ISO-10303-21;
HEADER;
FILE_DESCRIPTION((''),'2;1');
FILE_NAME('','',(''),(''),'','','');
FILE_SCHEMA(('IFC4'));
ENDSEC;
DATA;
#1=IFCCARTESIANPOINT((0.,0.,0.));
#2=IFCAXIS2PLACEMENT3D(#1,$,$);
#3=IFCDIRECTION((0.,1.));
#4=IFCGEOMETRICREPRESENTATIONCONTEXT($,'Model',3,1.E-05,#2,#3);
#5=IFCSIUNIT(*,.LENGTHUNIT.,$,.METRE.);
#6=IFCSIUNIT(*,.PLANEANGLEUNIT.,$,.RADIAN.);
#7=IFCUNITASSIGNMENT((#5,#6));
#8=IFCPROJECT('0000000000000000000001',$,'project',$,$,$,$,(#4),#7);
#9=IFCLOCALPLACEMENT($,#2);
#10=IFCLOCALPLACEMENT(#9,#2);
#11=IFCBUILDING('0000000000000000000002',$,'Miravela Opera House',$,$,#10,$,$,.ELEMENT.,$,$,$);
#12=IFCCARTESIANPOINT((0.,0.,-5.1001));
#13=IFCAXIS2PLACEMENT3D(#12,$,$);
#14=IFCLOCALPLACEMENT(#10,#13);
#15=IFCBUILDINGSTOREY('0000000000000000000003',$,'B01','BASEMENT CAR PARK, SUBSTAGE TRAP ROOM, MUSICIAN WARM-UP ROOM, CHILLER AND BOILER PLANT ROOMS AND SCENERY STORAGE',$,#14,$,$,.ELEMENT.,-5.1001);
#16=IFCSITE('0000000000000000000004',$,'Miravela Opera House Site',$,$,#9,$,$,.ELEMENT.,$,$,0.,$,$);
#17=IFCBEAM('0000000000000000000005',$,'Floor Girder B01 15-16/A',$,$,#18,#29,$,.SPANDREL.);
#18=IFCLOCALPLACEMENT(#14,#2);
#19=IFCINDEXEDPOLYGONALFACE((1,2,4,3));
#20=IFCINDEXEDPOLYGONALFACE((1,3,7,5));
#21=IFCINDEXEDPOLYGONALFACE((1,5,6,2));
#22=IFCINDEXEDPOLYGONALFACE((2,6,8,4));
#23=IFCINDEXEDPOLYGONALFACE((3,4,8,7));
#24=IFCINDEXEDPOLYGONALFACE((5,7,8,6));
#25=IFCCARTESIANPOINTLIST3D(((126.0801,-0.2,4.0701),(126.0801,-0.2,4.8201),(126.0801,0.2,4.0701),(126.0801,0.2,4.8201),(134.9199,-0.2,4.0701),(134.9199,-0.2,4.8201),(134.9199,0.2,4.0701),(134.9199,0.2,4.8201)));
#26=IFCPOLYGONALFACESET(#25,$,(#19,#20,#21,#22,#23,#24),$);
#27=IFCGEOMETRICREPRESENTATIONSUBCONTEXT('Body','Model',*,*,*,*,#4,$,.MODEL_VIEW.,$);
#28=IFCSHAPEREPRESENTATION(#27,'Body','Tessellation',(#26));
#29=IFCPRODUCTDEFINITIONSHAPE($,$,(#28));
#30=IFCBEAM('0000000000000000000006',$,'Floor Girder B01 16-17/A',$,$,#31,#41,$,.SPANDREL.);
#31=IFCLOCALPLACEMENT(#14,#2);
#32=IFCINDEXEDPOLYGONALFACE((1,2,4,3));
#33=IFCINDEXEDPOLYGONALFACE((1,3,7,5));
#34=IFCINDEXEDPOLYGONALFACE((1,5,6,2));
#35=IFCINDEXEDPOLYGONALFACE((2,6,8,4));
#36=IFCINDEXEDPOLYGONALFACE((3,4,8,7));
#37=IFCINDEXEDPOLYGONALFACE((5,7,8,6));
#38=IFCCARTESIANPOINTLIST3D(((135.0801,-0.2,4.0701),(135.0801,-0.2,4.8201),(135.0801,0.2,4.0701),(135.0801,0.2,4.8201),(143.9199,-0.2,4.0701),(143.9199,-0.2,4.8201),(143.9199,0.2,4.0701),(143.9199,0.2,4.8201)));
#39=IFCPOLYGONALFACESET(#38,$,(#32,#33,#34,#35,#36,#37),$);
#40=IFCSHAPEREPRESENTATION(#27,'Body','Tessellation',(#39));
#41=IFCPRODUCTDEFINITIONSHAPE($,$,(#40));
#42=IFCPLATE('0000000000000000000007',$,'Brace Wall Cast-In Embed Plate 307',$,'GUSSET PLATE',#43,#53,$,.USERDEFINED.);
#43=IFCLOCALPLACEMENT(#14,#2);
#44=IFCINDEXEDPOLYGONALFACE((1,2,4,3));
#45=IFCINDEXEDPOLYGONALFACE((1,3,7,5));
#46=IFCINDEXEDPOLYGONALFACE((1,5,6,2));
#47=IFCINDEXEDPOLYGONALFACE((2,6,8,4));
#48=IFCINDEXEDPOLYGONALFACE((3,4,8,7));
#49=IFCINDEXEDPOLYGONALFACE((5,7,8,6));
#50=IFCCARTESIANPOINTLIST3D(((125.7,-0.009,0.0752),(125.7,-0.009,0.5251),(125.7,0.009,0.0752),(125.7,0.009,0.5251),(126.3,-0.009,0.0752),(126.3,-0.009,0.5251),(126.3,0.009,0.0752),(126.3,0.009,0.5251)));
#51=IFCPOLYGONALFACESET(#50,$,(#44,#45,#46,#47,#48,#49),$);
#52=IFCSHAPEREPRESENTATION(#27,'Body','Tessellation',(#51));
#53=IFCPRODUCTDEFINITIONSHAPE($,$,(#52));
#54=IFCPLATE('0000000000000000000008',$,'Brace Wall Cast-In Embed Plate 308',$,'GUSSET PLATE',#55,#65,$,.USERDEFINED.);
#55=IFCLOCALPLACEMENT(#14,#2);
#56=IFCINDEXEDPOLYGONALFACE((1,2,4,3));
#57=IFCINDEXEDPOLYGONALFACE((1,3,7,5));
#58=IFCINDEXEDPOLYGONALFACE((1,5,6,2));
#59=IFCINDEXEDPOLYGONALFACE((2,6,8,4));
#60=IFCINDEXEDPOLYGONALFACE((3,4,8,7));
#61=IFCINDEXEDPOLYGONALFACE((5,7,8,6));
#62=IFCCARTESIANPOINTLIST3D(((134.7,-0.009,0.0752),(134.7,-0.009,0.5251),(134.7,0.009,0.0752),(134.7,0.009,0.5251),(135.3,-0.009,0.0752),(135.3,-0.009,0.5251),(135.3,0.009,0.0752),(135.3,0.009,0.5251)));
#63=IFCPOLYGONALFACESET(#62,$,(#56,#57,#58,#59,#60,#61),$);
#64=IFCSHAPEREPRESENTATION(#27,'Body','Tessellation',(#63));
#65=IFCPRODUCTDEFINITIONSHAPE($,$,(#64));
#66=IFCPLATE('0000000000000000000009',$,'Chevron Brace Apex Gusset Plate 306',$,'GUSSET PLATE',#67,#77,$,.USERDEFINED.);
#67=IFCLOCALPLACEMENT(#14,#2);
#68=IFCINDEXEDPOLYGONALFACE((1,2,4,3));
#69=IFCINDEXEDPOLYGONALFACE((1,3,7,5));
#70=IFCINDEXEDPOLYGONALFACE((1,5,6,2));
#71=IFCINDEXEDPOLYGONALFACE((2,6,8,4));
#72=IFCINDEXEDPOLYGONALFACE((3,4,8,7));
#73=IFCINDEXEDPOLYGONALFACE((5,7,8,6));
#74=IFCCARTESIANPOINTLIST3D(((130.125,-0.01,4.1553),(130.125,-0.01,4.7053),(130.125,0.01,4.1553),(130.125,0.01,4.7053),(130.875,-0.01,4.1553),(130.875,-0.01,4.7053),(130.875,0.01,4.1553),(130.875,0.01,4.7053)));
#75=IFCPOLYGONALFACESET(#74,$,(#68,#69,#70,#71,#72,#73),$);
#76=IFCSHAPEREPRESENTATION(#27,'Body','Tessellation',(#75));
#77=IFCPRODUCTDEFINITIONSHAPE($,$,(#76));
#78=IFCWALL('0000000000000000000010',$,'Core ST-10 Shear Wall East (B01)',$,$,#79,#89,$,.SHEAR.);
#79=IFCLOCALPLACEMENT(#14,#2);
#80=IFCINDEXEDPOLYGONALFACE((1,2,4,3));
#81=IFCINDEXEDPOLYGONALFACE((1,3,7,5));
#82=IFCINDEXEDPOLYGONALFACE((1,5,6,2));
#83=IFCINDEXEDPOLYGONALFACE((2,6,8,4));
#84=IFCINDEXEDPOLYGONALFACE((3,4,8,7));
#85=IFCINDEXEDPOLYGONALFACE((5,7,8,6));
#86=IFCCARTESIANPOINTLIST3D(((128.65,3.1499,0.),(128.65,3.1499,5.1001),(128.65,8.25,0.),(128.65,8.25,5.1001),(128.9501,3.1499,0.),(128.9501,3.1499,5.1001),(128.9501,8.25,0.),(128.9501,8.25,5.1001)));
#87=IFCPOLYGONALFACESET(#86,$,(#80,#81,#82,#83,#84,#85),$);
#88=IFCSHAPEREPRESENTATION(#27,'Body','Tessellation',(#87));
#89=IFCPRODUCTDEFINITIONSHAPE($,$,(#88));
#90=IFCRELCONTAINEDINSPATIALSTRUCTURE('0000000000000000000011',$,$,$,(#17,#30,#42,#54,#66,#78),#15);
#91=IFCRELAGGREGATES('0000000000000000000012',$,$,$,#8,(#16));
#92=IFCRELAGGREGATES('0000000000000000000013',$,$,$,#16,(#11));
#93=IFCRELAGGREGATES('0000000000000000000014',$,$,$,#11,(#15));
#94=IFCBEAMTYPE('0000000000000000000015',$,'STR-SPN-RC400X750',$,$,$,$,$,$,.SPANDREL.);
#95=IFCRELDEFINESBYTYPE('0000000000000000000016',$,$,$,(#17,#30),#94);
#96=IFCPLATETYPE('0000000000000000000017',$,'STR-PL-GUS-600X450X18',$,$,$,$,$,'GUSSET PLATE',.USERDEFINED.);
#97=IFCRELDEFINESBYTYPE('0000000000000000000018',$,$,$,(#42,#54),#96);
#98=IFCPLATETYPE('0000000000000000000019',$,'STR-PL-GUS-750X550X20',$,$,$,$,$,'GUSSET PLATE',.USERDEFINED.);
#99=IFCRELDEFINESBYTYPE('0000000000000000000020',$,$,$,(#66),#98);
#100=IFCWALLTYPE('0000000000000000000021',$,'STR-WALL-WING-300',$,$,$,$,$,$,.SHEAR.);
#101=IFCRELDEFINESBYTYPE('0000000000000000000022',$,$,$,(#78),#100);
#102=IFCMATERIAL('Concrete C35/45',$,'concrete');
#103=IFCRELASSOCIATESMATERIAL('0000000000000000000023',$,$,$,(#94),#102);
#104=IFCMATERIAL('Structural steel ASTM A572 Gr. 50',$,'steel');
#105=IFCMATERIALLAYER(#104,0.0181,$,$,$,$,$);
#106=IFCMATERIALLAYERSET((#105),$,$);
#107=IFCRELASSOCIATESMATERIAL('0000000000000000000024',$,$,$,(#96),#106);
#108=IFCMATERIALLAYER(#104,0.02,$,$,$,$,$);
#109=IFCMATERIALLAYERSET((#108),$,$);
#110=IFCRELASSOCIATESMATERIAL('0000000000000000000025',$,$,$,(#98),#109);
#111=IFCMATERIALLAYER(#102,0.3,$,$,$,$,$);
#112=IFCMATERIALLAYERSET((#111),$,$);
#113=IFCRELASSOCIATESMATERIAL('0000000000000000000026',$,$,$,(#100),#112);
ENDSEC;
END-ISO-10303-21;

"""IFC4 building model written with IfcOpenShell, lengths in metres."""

from ifc_helpers import new_model, si_unit, direction, frame, frame_2d, origin, origin_2d, place, context, subcontext, project, spatial, rectangle, extrude, material, layer, layer_set, material_profile, profile_set, type_object, element, save


model = new_model("IFC4")

# Units and contexts
model_context = context("Model", 3, precision=1e-05, world=origin(), true_north=direction((0.0, 1.0)))
body_context = subcontext(model_context, "Body", "Model", "MODEL_VIEW")
ifc_project = project(units=[si_unit("LENGTHUNIT", "METRE"), si_unit("PLANEANGLEUNIT", "RADIAN")], contexts=[model_context])

# Site, building, storey
site_placement = place(None, origin())
site = spatial("IfcSite", under=ifc_project, at=site_placement, Name="Miravela Opera House Site", CompositionType="ELEMENT", RefElevation=0.0)
building_placement = place(site_placement, origin())
building = spatial("IfcBuilding", under=site, at=building_placement, Name="Miravela Opera House", CompositionType="ELEMENT")
storey_placement = place(building_placement, frame((0.0, 0.0, -5.1001)))
storey = spatial("IfcBuildingStorey", under=building, at=storey_placement, Name="B01", Description="BASEMENT CAR PARK, SUBSTAGE TRAP ROOM, MUSICIAN WARM-UP ROOM, CHILLER AND BOILER PLANT ROOMS AND SCENERY STORAGE", CompositionType="ELEMENT", Elevation=-5.1001)

# Shared definitions
ifc_material_1 = material(Name="Concrete C35/45", Category="concrete")

# Beams
ifc_material_profile_1 = material_profile(ifc_material_1, rectangle(XDim=0.3999, YDim=0.75, at=origin_2d()), Name="RC-SPN-400X750")
ifc_profile_set_1 = profile_set([ifc_material_profile_1])
beam_type_1 = type_object("IfcBeamType", Name="STR-SPN-RC400X750", PredefinedType="SPANDREL", material=ifc_profile_set_1)
for number, where, z_axis, x_axis, name in (
    (1, (126.0801, 0.0, 4.4451), (1.0, 0.0, 0.0), (0.0, 1.0, 0.0), "Floor Girder B01 15-16/A"),
    (2, (135.0801, 0.0, 4.4451), (1.0, 0.0, 0.0), (0.0, 1.0, 0.0), "Floor Girder B01 16-17/A"),
):
    element("IfcBeam", number, at=place(storey_placement, frame(where, z_axis=z_axis, x_axis=x_axis)), inside=storey, type_object=beam_type_1, Name=name, PredefinedType="SPANDREL", context=body_context, shape_type="SweptSolid", body=[
        extrude(rectangle(XDim=0.3999, YDim=0.75, at=origin_2d()), origin(), (0.0, 0.0, 1.0), 8.8398),
    ])

# Plates
ifc_material_2 = material(Name="Structural steel ASTM A572 Gr. 50", Category="steel")
ifc_layer_1 = layer(ifc_material_2, 0.0181)
ifc_layer_set_1 = layer_set([ifc_layer_1])
plate_type_1 = type_object("IfcPlateType", Name="STR-PL-GUS-600X450X18", ElementType="GUSSET PLATE", PredefinedType="USERDEFINED", material=ifc_layer_set_1)
for number, where, z_axis, x_axis, name in (
    (3, (126.0, 0.0, 0.0752), (0.0, 0.0, 1.0), (1.0, 0.0, 0.0), "Brace Wall Cast-In Embed Plate 307"),
    (4, (135.0, 0.0, 0.0752), (0.0, 0.0, 1.0), (1.0, 0.0, 0.0), "Brace Wall Cast-In Embed Plate 308"),
):
    element("IfcPlate", number, at=place(storey_placement, frame(where, z_axis=z_axis, x_axis=x_axis)), inside=storey, type_object=plate_type_1, Name=name, ObjectType="GUSSET PLATE", PredefinedType="USERDEFINED", context=body_context, shape_type="SweptSolid", body=[
        extrude(rectangle(XDim=0.6001, YDim=0.0181, at=origin_2d()), origin(), (0.0, 0.0, 1.0), 0.45),
    ])
ifc_layer_2 = layer(ifc_material_2, 0.02)
ifc_layer_set_2 = layer_set([ifc_layer_2])
plate_type_2 = type_object("IfcPlateType", Name="STR-PL-GUS-750X550X20", ElementType="GUSSET PLATE", PredefinedType="USERDEFINED", material=ifc_layer_set_2)
plate_placement = place(storey_placement, frame((130.5, 0.0, 4.1553), z_axis=(0.0, 0.0, 1.0), x_axis=(1.0, 0.0, 0.0)))
element("IfcPlate", 5, at=plate_placement, inside=storey, type_object=plate_type_2, Name="Chevron Brace Apex Gusset Plate 306", ObjectType="GUSSET PLATE", PredefinedType="USERDEFINED", context=body_context, shape_type="SweptSolid", body=[
    extrude(rectangle(XDim=0.75, YDim=0.02, at=origin_2d()), origin(), (0.0, 0.0, 1.0), 0.55),
])

# Wall
ifc_layer_3 = layer(ifc_material_1, 0.3)
ifc_layer_set_3 = layer_set([ifc_layer_3])
wall_type = type_object("IfcWallType", Name="STR-WALL-WING-300", PredefinedType="SHEAR", material=ifc_layer_set_3)
wall_placement = place(storey_placement, frame((128.8, 3.1499, 0.0), z_axis=(0.0, 0.0, 1.0), x_axis=(0.0, 1.0, 0.0)))
element("IfcWall", 6, at=wall_placement, inside=storey, type_object=wall_type, Name="Core ST-10 Shear Wall East (B01)", PredefinedType="SHEAR", context=body_context, shape_type="SweptSolid", body=[
    extrude(rectangle(XDim=5.1001, YDim=0.3, at=frame_2d((2.55, 0.0))), origin(), (0.0, 0.0, 1.0), 5.1001),
])

save(model, "model.ifc")
